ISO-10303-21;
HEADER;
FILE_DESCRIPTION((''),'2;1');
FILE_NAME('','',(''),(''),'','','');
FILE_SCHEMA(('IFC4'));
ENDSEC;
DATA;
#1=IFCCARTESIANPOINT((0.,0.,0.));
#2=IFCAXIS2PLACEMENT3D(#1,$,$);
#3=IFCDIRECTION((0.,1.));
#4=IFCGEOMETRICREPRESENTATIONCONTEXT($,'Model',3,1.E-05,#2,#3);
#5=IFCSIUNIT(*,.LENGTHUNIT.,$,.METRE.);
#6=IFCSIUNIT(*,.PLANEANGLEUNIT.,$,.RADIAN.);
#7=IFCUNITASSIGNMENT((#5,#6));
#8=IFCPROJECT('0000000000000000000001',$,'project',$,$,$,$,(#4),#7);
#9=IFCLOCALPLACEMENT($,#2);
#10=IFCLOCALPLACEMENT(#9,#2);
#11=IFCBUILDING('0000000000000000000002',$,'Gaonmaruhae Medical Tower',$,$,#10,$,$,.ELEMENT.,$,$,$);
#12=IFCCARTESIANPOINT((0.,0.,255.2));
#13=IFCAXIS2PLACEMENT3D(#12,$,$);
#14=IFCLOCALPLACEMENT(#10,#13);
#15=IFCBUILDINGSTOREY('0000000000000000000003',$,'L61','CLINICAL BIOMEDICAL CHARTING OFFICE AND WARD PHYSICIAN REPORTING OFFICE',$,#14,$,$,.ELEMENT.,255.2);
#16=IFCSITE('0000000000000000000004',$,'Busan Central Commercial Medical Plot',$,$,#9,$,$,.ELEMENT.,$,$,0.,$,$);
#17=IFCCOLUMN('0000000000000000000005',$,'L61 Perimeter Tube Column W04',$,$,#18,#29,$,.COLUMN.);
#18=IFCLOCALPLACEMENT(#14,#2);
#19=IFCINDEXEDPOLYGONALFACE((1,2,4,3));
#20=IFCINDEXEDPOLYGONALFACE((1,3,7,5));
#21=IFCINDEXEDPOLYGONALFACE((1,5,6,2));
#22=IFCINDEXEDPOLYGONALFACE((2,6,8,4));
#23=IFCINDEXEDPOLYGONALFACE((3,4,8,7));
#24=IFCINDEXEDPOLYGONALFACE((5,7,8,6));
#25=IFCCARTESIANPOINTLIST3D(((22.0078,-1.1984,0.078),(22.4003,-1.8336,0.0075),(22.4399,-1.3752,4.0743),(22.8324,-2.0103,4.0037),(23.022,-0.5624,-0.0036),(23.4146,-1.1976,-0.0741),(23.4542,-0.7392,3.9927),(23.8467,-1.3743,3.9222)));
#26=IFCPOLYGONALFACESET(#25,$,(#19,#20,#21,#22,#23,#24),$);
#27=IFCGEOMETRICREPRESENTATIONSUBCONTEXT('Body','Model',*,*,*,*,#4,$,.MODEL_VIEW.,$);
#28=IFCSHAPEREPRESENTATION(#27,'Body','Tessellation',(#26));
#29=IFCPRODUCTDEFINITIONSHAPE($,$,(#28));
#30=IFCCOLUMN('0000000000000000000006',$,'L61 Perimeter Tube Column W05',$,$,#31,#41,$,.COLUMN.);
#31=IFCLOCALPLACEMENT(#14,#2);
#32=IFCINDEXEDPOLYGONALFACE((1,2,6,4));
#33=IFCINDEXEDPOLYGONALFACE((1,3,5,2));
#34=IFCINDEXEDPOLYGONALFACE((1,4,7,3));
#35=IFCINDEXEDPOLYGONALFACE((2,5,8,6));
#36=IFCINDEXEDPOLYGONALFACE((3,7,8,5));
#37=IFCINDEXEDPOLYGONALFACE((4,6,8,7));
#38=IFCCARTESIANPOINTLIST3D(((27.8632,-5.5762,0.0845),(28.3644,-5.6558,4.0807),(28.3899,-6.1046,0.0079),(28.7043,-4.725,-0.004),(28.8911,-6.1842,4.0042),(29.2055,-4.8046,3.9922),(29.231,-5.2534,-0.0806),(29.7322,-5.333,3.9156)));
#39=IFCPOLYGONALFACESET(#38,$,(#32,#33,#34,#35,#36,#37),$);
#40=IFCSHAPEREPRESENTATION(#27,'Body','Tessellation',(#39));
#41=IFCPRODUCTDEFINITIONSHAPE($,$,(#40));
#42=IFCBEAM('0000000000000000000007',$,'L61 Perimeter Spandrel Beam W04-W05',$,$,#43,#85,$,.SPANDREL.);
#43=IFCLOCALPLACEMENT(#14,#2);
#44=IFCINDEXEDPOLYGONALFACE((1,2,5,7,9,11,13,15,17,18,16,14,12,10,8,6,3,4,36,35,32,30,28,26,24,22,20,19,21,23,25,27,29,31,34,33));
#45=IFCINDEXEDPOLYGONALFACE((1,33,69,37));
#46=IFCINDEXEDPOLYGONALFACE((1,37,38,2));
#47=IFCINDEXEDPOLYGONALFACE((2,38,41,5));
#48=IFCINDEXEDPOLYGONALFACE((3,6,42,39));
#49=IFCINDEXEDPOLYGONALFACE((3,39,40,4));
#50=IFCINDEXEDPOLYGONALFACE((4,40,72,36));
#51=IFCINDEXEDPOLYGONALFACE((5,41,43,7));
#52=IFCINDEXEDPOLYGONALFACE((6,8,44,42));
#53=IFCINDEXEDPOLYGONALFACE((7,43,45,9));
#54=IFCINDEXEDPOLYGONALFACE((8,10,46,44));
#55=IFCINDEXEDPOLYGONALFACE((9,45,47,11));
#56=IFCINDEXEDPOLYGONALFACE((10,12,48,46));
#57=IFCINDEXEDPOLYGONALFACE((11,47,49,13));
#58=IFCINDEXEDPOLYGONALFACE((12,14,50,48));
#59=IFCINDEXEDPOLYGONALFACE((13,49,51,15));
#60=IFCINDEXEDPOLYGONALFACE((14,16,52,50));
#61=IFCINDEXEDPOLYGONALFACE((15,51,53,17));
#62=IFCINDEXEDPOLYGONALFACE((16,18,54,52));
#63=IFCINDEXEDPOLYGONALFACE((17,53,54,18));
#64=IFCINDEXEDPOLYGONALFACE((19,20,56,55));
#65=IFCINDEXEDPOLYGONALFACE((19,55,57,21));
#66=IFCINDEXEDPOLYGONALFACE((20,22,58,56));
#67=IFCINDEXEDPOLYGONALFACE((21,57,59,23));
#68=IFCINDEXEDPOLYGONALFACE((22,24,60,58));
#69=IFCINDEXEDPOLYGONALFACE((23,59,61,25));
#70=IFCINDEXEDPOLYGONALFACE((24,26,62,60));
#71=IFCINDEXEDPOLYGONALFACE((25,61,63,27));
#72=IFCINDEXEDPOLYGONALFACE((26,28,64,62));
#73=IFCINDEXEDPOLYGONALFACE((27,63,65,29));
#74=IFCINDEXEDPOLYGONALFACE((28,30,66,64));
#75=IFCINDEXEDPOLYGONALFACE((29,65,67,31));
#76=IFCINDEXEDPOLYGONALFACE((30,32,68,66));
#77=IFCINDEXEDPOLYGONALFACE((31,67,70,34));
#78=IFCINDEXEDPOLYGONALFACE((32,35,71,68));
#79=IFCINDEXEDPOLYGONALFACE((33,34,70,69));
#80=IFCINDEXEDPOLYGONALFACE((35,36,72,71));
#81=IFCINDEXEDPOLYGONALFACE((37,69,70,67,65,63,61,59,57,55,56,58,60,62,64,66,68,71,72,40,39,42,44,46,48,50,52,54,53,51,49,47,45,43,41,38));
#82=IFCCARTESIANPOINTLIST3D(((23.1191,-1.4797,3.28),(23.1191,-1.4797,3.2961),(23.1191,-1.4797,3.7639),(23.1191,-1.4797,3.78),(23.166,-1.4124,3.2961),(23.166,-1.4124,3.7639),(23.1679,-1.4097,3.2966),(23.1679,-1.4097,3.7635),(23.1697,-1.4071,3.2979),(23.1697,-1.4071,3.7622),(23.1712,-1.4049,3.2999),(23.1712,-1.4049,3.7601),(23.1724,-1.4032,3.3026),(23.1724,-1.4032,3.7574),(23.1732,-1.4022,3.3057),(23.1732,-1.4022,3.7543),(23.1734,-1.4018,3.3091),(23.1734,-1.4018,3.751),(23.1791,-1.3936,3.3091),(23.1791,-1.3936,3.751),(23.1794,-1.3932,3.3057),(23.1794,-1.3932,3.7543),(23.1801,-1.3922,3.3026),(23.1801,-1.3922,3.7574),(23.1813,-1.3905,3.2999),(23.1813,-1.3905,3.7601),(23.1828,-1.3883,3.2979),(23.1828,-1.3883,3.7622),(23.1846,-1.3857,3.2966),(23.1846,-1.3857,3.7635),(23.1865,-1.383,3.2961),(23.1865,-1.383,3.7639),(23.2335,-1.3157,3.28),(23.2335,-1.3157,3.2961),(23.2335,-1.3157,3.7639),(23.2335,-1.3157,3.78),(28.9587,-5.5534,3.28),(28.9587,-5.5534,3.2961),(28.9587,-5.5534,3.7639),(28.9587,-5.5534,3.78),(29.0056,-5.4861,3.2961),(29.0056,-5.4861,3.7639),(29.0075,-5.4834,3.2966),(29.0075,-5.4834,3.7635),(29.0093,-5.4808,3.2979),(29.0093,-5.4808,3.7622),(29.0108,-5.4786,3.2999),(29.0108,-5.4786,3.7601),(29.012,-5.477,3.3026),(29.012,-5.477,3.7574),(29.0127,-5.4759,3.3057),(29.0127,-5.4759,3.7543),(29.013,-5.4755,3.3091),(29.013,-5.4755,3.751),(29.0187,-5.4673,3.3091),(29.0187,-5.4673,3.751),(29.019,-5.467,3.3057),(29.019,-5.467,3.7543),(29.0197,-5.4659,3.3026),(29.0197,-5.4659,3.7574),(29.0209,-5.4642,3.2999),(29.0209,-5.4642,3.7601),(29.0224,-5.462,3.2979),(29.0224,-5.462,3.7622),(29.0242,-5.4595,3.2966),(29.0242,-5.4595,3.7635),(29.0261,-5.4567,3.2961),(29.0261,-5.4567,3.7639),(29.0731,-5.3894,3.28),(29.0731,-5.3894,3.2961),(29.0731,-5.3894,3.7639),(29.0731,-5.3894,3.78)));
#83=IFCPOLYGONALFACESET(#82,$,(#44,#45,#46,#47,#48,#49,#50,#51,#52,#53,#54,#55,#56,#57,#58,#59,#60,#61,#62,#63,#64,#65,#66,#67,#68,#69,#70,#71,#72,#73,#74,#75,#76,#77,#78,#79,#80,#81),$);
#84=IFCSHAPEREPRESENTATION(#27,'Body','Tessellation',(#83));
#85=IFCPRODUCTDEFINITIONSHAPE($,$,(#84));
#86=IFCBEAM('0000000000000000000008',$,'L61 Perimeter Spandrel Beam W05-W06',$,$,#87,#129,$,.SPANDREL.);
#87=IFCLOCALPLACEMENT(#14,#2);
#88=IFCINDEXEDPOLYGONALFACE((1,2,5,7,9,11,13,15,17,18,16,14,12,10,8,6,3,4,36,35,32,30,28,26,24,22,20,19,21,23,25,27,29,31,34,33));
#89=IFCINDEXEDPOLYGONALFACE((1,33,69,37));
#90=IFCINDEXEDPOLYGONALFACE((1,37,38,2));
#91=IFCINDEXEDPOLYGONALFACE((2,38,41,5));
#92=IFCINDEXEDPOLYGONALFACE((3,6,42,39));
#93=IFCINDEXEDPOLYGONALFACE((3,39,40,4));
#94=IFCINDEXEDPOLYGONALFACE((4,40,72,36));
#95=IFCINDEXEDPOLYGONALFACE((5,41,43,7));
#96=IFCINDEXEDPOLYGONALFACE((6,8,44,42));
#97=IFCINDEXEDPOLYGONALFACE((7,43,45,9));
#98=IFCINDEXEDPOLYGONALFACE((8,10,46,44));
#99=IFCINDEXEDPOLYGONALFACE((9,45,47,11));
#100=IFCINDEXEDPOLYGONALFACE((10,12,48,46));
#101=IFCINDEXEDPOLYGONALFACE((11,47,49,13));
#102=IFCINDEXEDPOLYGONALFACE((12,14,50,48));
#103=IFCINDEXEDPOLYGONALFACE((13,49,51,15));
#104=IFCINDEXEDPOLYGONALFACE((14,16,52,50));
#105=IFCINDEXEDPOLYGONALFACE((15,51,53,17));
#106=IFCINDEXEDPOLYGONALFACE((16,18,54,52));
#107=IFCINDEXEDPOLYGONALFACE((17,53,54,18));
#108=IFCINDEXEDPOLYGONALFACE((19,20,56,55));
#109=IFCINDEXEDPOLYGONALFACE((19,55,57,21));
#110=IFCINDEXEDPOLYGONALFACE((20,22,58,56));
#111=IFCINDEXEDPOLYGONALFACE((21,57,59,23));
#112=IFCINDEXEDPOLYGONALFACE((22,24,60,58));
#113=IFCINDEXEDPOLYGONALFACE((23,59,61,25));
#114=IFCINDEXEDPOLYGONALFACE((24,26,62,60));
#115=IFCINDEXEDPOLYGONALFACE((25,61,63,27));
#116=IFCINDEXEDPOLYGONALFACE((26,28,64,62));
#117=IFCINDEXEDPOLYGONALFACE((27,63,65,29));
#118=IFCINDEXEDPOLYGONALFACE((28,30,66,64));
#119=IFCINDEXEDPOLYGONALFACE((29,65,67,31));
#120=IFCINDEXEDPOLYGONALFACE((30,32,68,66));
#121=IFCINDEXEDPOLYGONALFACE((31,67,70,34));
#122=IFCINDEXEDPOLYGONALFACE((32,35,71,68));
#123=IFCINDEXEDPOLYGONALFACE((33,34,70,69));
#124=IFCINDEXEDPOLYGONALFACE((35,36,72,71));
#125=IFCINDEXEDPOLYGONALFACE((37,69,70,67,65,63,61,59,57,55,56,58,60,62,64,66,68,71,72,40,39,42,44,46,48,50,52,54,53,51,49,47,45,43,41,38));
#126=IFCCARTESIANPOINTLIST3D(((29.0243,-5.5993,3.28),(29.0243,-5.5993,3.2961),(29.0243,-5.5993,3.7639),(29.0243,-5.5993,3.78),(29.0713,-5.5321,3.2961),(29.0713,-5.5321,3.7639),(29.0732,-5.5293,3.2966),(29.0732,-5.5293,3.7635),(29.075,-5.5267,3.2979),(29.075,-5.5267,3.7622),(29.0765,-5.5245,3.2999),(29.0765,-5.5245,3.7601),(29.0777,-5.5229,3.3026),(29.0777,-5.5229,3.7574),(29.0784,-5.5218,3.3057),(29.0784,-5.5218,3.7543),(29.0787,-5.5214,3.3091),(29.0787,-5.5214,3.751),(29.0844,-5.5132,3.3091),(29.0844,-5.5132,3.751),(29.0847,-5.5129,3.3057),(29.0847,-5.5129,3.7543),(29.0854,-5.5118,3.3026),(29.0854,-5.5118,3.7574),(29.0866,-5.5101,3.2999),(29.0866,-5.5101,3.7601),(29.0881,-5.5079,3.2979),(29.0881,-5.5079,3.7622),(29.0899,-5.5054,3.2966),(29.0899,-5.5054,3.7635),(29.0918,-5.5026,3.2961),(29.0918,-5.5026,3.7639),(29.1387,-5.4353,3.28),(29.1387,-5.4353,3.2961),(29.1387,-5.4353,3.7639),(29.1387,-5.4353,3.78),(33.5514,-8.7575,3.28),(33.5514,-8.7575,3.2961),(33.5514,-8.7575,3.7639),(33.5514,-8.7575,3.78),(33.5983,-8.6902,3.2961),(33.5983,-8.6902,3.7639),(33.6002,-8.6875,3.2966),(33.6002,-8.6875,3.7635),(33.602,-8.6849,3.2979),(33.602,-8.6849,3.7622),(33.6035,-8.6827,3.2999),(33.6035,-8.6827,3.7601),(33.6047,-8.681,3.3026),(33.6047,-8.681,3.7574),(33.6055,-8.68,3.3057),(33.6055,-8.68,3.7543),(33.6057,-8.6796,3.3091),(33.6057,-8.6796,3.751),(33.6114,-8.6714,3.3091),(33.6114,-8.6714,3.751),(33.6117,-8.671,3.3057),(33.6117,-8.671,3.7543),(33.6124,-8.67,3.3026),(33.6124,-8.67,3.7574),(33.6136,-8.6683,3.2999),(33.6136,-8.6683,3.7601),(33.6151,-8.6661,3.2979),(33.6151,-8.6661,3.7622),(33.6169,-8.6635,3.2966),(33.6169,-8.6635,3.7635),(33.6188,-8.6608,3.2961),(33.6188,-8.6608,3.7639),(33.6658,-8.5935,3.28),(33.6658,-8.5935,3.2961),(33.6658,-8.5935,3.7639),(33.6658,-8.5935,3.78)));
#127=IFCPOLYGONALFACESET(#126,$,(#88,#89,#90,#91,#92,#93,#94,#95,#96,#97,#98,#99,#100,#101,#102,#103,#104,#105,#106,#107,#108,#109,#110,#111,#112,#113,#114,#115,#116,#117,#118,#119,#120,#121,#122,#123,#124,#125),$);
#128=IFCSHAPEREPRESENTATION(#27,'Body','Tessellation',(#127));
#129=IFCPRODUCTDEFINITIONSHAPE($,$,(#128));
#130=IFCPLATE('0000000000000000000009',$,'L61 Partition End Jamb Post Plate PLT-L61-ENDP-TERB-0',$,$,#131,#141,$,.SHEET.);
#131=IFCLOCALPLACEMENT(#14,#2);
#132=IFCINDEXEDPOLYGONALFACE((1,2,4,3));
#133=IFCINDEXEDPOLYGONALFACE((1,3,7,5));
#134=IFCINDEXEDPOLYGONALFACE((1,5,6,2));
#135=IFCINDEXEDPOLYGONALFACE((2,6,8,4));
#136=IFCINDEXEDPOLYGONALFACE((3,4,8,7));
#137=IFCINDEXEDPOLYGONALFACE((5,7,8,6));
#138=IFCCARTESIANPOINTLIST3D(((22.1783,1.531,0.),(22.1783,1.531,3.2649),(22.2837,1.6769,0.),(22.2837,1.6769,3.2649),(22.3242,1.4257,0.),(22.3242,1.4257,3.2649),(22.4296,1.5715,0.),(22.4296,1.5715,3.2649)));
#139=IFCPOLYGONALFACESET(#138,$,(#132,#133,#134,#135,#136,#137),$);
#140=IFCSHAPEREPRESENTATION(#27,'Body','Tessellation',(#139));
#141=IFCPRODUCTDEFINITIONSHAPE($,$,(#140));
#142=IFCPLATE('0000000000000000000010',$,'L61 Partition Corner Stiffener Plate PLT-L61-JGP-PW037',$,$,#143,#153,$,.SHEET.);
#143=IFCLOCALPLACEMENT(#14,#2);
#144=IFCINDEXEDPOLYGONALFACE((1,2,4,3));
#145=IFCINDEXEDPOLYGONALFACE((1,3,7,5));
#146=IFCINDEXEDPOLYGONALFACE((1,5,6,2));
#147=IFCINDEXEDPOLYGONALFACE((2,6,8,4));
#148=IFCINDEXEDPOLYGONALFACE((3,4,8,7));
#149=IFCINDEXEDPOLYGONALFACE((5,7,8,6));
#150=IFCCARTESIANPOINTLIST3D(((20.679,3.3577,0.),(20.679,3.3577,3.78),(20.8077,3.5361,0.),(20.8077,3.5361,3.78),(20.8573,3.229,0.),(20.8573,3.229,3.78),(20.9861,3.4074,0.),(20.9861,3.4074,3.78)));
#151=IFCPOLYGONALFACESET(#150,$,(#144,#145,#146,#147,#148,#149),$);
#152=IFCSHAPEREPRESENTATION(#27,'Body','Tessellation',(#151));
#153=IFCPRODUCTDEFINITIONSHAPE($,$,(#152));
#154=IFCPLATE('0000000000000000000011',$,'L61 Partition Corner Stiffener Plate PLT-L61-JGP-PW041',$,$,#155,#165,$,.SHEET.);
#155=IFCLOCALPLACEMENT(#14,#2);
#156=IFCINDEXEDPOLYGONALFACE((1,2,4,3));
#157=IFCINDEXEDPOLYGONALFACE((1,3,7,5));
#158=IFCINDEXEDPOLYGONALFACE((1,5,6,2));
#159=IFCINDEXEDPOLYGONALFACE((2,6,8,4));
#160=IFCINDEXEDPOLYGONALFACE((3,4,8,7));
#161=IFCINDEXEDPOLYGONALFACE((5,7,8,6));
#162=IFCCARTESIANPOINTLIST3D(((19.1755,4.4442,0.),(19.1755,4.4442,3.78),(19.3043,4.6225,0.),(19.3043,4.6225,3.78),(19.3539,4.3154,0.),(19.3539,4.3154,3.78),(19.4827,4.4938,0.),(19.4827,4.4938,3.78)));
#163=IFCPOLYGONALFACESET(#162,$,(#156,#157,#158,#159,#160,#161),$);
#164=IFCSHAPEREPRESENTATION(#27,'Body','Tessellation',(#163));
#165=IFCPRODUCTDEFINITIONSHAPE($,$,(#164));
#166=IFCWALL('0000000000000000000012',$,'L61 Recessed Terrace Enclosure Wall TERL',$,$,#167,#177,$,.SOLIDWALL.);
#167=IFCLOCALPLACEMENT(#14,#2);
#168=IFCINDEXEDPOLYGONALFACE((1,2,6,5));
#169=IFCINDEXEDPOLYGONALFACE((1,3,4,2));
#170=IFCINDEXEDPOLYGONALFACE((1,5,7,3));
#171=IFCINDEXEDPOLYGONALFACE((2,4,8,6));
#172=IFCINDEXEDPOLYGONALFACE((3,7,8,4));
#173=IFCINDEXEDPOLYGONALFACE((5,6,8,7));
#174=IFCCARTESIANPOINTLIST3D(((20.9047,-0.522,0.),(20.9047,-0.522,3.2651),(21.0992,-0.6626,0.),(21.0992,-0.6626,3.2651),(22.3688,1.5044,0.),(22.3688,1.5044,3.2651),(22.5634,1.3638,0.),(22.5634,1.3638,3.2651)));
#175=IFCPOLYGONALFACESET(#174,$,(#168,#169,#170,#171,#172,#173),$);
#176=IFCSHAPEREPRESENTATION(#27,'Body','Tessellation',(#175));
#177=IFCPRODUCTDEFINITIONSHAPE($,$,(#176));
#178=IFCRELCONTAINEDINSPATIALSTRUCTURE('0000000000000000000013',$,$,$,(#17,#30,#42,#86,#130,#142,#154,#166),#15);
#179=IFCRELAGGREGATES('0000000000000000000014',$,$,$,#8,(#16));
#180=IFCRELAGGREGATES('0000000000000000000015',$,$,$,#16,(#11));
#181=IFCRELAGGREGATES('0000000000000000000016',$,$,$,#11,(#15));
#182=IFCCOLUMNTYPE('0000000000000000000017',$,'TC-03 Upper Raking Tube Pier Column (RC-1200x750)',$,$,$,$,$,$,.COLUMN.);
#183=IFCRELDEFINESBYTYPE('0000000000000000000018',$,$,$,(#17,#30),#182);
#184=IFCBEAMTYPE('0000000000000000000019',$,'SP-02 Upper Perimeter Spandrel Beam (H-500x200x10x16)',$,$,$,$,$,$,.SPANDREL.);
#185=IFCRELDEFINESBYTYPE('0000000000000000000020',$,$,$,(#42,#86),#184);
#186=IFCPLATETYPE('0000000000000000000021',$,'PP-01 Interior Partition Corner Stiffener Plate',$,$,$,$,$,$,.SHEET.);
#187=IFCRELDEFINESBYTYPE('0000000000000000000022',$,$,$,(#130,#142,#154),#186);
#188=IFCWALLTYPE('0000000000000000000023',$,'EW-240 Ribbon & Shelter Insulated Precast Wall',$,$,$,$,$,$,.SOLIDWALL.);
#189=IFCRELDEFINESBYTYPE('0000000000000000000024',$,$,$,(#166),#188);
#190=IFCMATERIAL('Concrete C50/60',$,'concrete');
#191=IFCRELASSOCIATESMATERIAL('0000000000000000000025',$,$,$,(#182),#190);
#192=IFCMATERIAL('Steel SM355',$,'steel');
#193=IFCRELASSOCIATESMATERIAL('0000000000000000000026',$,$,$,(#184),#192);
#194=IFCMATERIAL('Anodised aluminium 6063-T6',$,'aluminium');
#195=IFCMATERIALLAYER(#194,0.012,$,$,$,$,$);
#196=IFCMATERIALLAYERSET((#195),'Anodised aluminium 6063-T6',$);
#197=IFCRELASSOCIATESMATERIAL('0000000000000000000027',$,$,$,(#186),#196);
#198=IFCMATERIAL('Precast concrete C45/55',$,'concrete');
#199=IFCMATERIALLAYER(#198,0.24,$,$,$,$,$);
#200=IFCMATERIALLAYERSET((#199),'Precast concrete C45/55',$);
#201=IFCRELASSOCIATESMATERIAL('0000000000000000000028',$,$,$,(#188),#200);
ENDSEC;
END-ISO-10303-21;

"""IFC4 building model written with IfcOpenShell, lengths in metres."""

from ifc_helpers import new_model, si_unit, direction, frame, frame_2d, origin, origin_2d, place, context, subcontext, project, spatial, rectangle, i_section, extrude, material, layer, layer_set, material_profile, profile_set, type_object, element, save


model = new_model("IFC4")

# Units and contexts
model_context = context("Model", 3, precision=1e-05, world=origin(), true_north=direction((0.0, 1.0)))
body_context = subcontext(model_context, "Body", "Model", "MODEL_VIEW")
ifc_project = project(units=[si_unit("LENGTHUNIT", "METRE"), si_unit("PLANEANGLEUNIT", "RADIAN")], contexts=[model_context])

# Site, building, storey
site_placement = place(None, origin())
site = spatial("IfcSite", under=ifc_project, at=site_placement, Name="Busan Central Commercial Medical Plot", CompositionType="ELEMENT", RefElevation=0.0)
building_placement = place(site_placement, origin())
building = spatial("IfcBuilding", under=site, at=building_placement, Name="Gaonmaruhae Medical Tower", CompositionType="ELEMENT")
storey_placement = place(building_placement, frame((0.0, 0.0, 255.2)))
storey = spatial("IfcBuildingStorey", under=building, at=storey_placement, Name="L61", Description="CLINICAL BIOMEDICAL CHARTING OFFICE AND WARD PHYSICIAN REPORTING OFFICE", CompositionType="ELEMENT", Elevation=255.2)

# Columns
ifc_material_1 = material(Name="Concrete C50/60", Category="concrete")
ifc_material_profile_1 = material_profile(ifc_material_1, rectangle(XDim=1.2, YDim=0.75, at=origin_2d()), Name="RC-1200x750")
ifc_profile_set_1 = profile_set([ifc_material_profile_1], Name="Concrete C50/60")
column_type = type_object("IfcColumnType", Name="TC-03 Upper Raking Tube Pier Column (RC-1200x750)", PredefinedType="COLUMN", material=ifc_profile_set_1)
column_1_placement = place(storey_placement, frame((22.7112, -1.198, 0.002), z_axis=(0.107401, -0.043931, 0.993245), x_axis=(-0.845278, -0.529988, 0.06796)))
element("IfcColumn", 1, at=column_1_placement, inside=storey, type_object=column_type, Name="L61 Perimeter Tube Column W04", PredefinedType="COLUMN", context=body_context, shape_type="SweptSolid", body=[
    extrude(rectangle(XDim=1.2, YDim=0.75, at=origin_2d()), origin(), (0.0, 0.0, 1.0), 4.0234),
])
column_2_placement = place(storey_placement, frame((28.5471, -5.4148, 0.002), z_axis=(0.124421, -0.019757, 0.992033), x_axis=(-0.700927, -0.709407, 0.073782)))
element("IfcColumn", 2, at=column_2_placement, inside=storey, type_object=column_type, Name="L61 Perimeter Tube Column W05", PredefinedType="COLUMN", context=body_context, shape_type="SweptSolid", body=[
    extrude(rectangle(XDim=1.2, YDim=0.75, at=origin_2d()), origin(), (0.0, 0.0, 1.0), 4.0283),
])

# Beams
ifc_material_2 = material(Name="Steel SM355", Category="steel")
ifc_material_profile_2 = material_profile(ifc_material_2, i_section(OverallWidth=0.2, OverallDepth=0.5, WebThickness=0.01, FlangeThickness=0.0161, FilletRadius=0.0129, at=origin_2d()), Name="H-500x200x10x16")
ifc_profile_set_2 = profile_set([ifc_material_profile_2], Name="Steel SM355")
beam_type = type_object("IfcBeamType", Name="SP-02 Upper Perimeter Spandrel Beam (H-500x200x10x16)", PredefinedType="SPANDREL", material=ifc_profile_set_2)
beam_1_placement = place(storey_placement, frame((23.1763, -1.3977, 3.53), z_axis=(0.820154, -0.572143, 0.0), x_axis=(0.572143, 0.820154, 0.0)))
element("IfcBeam", 3, at=beam_1_placement, inside=storey, type_object=beam_type, Name="L61 Perimeter Spandrel Beam W04-W05", PredefinedType="SPANDREL", context=body_context, shape_type="SweptSolid", body=[
    extrude(i_section(OverallWidth=0.2, OverallDepth=0.5, WebThickness=0.01, FlangeThickness=0.0161, FilletRadius=0.0129, at=origin_2d()), origin(), (0.0, 0.0, 1.0), 7.1201),
])
beam_2_placement = place(storey_placement, frame((29.0815, -5.5173, 3.53), z_axis=(0.820147, -0.572153, 0.0), x_axis=(0.572153, 0.820147, 0.0)))
element("IfcBeam", 4, at=beam_2_placement, inside=storey, type_object=beam_type, Name="L61 Perimeter Spandrel Beam W05-W06", PredefinedType="SPANDREL", context=body_context, shape_type="SweptSolid", body=[
    extrude(i_section(OverallWidth=0.2, OverallDepth=0.5, WebThickness=0.01, FlangeThickness=0.0161, FilletRadius=0.0129, at=origin_2d()), origin(), (0.0, 0.0, 1.0), 5.5198),
])

# Plates
ifc_material_3 = material(Name="Anodised aluminium 6063-T6", Category="aluminium")
ifc_layer_1 = layer(ifc_material_3, 0.012)
ifc_layer_set_1 = layer_set([ifc_layer_1], Name="Anodised aluminium 6063-T6")
plate_type = type_object("IfcPlateType", Name="PP-01 Interior Partition Corner Stiffener Plate", PredefinedType="SHEET", material=ifc_layer_set_1)
plate_placement = place(storey_placement, frame((22.304, 1.5513, 0.0), z_axis=(0.0, 0.0, 1.0), x_axis=(-0.810553, 0.585665, 0.0)))
element("IfcPlate", 5, at=plate_placement, inside=storey, type_object=plate_type, Name="L61 Partition End Jamb Post Plate PLT-L61-ENDP-TERB-0", PredefinedType="SHEET", context=body_context, shape_type="SweptSolid", body=[
    extrude(rectangle(XDim=0.1799, YDim=0.1799, at=origin_2d()), origin(), (0.0, 0.0, 1.0), 3.2649),
])
for number, where, z_axis, x_axis, name in (
    (6, (20.8325, 3.3826, 0.0), (0.0, 0.0, 1.0), (0.585184, 0.8109, 0.0), "L61 Partition Corner Stiffener Plate PLT-L61-JGP-PW037"),
    (7, (19.3291, 4.469, 0.0), (0.0, 0.0, 1.0), (-0.585354, -0.810778, 0.0), "L61 Partition Corner Stiffener Plate PLT-L61-JGP-PW041"),
):
    element("IfcPlate", number, at=place(storey_placement, frame(where, z_axis=z_axis, x_axis=x_axis)), inside=storey, type_object=plate_type, Name=name, PredefinedType="SHEET", context=body_context, shape_type="SweptSolid", body=[
        extrude(rectangle(XDim=0.22, YDim=0.22, at=origin_2d()), origin(), (0.0, 0.0, 1.0), 3.78),
    ])

# Shared definitions
ifc_material_4 = material(Name="Precast concrete C45/55", Category="concrete")
ifc_layer_2 = layer(ifc_material_4, 0.24)
ifc_layer_set_2 = layer_set([ifc_layer_2], Name="Precast concrete C45/55")
wall_type_1 = type_object("IfcWallType", Name="EW-240 Ribbon & Shelter Insulated Precast Wall", PredefinedType="SOLIDWALL", material=ifc_layer_set_2)

# Wall
wall_1_placement = place(storey_placement, frame((21.002, -0.5923, 0.0), z_axis=(0.0, 0.0, 1.0), x_axis=(0.585655, 0.810561, 0.0)))
element("IfcWall", 8, at=wall_1_placement, inside=storey, type_object=wall_type_1, Name="L61 Recessed Terrace Enclosure Wall TERL", PredefinedType="SOLIDWALL", context=body_context, shape_type="SweptSolid", body=[
    extrude(rectangle(XDim=2.5, YDim=0.24, at=frame_2d((1.25, 0.0))), origin(), (0.0, 0.0, 1.0), 3.2651),
])

save(model, "model.ifc")
